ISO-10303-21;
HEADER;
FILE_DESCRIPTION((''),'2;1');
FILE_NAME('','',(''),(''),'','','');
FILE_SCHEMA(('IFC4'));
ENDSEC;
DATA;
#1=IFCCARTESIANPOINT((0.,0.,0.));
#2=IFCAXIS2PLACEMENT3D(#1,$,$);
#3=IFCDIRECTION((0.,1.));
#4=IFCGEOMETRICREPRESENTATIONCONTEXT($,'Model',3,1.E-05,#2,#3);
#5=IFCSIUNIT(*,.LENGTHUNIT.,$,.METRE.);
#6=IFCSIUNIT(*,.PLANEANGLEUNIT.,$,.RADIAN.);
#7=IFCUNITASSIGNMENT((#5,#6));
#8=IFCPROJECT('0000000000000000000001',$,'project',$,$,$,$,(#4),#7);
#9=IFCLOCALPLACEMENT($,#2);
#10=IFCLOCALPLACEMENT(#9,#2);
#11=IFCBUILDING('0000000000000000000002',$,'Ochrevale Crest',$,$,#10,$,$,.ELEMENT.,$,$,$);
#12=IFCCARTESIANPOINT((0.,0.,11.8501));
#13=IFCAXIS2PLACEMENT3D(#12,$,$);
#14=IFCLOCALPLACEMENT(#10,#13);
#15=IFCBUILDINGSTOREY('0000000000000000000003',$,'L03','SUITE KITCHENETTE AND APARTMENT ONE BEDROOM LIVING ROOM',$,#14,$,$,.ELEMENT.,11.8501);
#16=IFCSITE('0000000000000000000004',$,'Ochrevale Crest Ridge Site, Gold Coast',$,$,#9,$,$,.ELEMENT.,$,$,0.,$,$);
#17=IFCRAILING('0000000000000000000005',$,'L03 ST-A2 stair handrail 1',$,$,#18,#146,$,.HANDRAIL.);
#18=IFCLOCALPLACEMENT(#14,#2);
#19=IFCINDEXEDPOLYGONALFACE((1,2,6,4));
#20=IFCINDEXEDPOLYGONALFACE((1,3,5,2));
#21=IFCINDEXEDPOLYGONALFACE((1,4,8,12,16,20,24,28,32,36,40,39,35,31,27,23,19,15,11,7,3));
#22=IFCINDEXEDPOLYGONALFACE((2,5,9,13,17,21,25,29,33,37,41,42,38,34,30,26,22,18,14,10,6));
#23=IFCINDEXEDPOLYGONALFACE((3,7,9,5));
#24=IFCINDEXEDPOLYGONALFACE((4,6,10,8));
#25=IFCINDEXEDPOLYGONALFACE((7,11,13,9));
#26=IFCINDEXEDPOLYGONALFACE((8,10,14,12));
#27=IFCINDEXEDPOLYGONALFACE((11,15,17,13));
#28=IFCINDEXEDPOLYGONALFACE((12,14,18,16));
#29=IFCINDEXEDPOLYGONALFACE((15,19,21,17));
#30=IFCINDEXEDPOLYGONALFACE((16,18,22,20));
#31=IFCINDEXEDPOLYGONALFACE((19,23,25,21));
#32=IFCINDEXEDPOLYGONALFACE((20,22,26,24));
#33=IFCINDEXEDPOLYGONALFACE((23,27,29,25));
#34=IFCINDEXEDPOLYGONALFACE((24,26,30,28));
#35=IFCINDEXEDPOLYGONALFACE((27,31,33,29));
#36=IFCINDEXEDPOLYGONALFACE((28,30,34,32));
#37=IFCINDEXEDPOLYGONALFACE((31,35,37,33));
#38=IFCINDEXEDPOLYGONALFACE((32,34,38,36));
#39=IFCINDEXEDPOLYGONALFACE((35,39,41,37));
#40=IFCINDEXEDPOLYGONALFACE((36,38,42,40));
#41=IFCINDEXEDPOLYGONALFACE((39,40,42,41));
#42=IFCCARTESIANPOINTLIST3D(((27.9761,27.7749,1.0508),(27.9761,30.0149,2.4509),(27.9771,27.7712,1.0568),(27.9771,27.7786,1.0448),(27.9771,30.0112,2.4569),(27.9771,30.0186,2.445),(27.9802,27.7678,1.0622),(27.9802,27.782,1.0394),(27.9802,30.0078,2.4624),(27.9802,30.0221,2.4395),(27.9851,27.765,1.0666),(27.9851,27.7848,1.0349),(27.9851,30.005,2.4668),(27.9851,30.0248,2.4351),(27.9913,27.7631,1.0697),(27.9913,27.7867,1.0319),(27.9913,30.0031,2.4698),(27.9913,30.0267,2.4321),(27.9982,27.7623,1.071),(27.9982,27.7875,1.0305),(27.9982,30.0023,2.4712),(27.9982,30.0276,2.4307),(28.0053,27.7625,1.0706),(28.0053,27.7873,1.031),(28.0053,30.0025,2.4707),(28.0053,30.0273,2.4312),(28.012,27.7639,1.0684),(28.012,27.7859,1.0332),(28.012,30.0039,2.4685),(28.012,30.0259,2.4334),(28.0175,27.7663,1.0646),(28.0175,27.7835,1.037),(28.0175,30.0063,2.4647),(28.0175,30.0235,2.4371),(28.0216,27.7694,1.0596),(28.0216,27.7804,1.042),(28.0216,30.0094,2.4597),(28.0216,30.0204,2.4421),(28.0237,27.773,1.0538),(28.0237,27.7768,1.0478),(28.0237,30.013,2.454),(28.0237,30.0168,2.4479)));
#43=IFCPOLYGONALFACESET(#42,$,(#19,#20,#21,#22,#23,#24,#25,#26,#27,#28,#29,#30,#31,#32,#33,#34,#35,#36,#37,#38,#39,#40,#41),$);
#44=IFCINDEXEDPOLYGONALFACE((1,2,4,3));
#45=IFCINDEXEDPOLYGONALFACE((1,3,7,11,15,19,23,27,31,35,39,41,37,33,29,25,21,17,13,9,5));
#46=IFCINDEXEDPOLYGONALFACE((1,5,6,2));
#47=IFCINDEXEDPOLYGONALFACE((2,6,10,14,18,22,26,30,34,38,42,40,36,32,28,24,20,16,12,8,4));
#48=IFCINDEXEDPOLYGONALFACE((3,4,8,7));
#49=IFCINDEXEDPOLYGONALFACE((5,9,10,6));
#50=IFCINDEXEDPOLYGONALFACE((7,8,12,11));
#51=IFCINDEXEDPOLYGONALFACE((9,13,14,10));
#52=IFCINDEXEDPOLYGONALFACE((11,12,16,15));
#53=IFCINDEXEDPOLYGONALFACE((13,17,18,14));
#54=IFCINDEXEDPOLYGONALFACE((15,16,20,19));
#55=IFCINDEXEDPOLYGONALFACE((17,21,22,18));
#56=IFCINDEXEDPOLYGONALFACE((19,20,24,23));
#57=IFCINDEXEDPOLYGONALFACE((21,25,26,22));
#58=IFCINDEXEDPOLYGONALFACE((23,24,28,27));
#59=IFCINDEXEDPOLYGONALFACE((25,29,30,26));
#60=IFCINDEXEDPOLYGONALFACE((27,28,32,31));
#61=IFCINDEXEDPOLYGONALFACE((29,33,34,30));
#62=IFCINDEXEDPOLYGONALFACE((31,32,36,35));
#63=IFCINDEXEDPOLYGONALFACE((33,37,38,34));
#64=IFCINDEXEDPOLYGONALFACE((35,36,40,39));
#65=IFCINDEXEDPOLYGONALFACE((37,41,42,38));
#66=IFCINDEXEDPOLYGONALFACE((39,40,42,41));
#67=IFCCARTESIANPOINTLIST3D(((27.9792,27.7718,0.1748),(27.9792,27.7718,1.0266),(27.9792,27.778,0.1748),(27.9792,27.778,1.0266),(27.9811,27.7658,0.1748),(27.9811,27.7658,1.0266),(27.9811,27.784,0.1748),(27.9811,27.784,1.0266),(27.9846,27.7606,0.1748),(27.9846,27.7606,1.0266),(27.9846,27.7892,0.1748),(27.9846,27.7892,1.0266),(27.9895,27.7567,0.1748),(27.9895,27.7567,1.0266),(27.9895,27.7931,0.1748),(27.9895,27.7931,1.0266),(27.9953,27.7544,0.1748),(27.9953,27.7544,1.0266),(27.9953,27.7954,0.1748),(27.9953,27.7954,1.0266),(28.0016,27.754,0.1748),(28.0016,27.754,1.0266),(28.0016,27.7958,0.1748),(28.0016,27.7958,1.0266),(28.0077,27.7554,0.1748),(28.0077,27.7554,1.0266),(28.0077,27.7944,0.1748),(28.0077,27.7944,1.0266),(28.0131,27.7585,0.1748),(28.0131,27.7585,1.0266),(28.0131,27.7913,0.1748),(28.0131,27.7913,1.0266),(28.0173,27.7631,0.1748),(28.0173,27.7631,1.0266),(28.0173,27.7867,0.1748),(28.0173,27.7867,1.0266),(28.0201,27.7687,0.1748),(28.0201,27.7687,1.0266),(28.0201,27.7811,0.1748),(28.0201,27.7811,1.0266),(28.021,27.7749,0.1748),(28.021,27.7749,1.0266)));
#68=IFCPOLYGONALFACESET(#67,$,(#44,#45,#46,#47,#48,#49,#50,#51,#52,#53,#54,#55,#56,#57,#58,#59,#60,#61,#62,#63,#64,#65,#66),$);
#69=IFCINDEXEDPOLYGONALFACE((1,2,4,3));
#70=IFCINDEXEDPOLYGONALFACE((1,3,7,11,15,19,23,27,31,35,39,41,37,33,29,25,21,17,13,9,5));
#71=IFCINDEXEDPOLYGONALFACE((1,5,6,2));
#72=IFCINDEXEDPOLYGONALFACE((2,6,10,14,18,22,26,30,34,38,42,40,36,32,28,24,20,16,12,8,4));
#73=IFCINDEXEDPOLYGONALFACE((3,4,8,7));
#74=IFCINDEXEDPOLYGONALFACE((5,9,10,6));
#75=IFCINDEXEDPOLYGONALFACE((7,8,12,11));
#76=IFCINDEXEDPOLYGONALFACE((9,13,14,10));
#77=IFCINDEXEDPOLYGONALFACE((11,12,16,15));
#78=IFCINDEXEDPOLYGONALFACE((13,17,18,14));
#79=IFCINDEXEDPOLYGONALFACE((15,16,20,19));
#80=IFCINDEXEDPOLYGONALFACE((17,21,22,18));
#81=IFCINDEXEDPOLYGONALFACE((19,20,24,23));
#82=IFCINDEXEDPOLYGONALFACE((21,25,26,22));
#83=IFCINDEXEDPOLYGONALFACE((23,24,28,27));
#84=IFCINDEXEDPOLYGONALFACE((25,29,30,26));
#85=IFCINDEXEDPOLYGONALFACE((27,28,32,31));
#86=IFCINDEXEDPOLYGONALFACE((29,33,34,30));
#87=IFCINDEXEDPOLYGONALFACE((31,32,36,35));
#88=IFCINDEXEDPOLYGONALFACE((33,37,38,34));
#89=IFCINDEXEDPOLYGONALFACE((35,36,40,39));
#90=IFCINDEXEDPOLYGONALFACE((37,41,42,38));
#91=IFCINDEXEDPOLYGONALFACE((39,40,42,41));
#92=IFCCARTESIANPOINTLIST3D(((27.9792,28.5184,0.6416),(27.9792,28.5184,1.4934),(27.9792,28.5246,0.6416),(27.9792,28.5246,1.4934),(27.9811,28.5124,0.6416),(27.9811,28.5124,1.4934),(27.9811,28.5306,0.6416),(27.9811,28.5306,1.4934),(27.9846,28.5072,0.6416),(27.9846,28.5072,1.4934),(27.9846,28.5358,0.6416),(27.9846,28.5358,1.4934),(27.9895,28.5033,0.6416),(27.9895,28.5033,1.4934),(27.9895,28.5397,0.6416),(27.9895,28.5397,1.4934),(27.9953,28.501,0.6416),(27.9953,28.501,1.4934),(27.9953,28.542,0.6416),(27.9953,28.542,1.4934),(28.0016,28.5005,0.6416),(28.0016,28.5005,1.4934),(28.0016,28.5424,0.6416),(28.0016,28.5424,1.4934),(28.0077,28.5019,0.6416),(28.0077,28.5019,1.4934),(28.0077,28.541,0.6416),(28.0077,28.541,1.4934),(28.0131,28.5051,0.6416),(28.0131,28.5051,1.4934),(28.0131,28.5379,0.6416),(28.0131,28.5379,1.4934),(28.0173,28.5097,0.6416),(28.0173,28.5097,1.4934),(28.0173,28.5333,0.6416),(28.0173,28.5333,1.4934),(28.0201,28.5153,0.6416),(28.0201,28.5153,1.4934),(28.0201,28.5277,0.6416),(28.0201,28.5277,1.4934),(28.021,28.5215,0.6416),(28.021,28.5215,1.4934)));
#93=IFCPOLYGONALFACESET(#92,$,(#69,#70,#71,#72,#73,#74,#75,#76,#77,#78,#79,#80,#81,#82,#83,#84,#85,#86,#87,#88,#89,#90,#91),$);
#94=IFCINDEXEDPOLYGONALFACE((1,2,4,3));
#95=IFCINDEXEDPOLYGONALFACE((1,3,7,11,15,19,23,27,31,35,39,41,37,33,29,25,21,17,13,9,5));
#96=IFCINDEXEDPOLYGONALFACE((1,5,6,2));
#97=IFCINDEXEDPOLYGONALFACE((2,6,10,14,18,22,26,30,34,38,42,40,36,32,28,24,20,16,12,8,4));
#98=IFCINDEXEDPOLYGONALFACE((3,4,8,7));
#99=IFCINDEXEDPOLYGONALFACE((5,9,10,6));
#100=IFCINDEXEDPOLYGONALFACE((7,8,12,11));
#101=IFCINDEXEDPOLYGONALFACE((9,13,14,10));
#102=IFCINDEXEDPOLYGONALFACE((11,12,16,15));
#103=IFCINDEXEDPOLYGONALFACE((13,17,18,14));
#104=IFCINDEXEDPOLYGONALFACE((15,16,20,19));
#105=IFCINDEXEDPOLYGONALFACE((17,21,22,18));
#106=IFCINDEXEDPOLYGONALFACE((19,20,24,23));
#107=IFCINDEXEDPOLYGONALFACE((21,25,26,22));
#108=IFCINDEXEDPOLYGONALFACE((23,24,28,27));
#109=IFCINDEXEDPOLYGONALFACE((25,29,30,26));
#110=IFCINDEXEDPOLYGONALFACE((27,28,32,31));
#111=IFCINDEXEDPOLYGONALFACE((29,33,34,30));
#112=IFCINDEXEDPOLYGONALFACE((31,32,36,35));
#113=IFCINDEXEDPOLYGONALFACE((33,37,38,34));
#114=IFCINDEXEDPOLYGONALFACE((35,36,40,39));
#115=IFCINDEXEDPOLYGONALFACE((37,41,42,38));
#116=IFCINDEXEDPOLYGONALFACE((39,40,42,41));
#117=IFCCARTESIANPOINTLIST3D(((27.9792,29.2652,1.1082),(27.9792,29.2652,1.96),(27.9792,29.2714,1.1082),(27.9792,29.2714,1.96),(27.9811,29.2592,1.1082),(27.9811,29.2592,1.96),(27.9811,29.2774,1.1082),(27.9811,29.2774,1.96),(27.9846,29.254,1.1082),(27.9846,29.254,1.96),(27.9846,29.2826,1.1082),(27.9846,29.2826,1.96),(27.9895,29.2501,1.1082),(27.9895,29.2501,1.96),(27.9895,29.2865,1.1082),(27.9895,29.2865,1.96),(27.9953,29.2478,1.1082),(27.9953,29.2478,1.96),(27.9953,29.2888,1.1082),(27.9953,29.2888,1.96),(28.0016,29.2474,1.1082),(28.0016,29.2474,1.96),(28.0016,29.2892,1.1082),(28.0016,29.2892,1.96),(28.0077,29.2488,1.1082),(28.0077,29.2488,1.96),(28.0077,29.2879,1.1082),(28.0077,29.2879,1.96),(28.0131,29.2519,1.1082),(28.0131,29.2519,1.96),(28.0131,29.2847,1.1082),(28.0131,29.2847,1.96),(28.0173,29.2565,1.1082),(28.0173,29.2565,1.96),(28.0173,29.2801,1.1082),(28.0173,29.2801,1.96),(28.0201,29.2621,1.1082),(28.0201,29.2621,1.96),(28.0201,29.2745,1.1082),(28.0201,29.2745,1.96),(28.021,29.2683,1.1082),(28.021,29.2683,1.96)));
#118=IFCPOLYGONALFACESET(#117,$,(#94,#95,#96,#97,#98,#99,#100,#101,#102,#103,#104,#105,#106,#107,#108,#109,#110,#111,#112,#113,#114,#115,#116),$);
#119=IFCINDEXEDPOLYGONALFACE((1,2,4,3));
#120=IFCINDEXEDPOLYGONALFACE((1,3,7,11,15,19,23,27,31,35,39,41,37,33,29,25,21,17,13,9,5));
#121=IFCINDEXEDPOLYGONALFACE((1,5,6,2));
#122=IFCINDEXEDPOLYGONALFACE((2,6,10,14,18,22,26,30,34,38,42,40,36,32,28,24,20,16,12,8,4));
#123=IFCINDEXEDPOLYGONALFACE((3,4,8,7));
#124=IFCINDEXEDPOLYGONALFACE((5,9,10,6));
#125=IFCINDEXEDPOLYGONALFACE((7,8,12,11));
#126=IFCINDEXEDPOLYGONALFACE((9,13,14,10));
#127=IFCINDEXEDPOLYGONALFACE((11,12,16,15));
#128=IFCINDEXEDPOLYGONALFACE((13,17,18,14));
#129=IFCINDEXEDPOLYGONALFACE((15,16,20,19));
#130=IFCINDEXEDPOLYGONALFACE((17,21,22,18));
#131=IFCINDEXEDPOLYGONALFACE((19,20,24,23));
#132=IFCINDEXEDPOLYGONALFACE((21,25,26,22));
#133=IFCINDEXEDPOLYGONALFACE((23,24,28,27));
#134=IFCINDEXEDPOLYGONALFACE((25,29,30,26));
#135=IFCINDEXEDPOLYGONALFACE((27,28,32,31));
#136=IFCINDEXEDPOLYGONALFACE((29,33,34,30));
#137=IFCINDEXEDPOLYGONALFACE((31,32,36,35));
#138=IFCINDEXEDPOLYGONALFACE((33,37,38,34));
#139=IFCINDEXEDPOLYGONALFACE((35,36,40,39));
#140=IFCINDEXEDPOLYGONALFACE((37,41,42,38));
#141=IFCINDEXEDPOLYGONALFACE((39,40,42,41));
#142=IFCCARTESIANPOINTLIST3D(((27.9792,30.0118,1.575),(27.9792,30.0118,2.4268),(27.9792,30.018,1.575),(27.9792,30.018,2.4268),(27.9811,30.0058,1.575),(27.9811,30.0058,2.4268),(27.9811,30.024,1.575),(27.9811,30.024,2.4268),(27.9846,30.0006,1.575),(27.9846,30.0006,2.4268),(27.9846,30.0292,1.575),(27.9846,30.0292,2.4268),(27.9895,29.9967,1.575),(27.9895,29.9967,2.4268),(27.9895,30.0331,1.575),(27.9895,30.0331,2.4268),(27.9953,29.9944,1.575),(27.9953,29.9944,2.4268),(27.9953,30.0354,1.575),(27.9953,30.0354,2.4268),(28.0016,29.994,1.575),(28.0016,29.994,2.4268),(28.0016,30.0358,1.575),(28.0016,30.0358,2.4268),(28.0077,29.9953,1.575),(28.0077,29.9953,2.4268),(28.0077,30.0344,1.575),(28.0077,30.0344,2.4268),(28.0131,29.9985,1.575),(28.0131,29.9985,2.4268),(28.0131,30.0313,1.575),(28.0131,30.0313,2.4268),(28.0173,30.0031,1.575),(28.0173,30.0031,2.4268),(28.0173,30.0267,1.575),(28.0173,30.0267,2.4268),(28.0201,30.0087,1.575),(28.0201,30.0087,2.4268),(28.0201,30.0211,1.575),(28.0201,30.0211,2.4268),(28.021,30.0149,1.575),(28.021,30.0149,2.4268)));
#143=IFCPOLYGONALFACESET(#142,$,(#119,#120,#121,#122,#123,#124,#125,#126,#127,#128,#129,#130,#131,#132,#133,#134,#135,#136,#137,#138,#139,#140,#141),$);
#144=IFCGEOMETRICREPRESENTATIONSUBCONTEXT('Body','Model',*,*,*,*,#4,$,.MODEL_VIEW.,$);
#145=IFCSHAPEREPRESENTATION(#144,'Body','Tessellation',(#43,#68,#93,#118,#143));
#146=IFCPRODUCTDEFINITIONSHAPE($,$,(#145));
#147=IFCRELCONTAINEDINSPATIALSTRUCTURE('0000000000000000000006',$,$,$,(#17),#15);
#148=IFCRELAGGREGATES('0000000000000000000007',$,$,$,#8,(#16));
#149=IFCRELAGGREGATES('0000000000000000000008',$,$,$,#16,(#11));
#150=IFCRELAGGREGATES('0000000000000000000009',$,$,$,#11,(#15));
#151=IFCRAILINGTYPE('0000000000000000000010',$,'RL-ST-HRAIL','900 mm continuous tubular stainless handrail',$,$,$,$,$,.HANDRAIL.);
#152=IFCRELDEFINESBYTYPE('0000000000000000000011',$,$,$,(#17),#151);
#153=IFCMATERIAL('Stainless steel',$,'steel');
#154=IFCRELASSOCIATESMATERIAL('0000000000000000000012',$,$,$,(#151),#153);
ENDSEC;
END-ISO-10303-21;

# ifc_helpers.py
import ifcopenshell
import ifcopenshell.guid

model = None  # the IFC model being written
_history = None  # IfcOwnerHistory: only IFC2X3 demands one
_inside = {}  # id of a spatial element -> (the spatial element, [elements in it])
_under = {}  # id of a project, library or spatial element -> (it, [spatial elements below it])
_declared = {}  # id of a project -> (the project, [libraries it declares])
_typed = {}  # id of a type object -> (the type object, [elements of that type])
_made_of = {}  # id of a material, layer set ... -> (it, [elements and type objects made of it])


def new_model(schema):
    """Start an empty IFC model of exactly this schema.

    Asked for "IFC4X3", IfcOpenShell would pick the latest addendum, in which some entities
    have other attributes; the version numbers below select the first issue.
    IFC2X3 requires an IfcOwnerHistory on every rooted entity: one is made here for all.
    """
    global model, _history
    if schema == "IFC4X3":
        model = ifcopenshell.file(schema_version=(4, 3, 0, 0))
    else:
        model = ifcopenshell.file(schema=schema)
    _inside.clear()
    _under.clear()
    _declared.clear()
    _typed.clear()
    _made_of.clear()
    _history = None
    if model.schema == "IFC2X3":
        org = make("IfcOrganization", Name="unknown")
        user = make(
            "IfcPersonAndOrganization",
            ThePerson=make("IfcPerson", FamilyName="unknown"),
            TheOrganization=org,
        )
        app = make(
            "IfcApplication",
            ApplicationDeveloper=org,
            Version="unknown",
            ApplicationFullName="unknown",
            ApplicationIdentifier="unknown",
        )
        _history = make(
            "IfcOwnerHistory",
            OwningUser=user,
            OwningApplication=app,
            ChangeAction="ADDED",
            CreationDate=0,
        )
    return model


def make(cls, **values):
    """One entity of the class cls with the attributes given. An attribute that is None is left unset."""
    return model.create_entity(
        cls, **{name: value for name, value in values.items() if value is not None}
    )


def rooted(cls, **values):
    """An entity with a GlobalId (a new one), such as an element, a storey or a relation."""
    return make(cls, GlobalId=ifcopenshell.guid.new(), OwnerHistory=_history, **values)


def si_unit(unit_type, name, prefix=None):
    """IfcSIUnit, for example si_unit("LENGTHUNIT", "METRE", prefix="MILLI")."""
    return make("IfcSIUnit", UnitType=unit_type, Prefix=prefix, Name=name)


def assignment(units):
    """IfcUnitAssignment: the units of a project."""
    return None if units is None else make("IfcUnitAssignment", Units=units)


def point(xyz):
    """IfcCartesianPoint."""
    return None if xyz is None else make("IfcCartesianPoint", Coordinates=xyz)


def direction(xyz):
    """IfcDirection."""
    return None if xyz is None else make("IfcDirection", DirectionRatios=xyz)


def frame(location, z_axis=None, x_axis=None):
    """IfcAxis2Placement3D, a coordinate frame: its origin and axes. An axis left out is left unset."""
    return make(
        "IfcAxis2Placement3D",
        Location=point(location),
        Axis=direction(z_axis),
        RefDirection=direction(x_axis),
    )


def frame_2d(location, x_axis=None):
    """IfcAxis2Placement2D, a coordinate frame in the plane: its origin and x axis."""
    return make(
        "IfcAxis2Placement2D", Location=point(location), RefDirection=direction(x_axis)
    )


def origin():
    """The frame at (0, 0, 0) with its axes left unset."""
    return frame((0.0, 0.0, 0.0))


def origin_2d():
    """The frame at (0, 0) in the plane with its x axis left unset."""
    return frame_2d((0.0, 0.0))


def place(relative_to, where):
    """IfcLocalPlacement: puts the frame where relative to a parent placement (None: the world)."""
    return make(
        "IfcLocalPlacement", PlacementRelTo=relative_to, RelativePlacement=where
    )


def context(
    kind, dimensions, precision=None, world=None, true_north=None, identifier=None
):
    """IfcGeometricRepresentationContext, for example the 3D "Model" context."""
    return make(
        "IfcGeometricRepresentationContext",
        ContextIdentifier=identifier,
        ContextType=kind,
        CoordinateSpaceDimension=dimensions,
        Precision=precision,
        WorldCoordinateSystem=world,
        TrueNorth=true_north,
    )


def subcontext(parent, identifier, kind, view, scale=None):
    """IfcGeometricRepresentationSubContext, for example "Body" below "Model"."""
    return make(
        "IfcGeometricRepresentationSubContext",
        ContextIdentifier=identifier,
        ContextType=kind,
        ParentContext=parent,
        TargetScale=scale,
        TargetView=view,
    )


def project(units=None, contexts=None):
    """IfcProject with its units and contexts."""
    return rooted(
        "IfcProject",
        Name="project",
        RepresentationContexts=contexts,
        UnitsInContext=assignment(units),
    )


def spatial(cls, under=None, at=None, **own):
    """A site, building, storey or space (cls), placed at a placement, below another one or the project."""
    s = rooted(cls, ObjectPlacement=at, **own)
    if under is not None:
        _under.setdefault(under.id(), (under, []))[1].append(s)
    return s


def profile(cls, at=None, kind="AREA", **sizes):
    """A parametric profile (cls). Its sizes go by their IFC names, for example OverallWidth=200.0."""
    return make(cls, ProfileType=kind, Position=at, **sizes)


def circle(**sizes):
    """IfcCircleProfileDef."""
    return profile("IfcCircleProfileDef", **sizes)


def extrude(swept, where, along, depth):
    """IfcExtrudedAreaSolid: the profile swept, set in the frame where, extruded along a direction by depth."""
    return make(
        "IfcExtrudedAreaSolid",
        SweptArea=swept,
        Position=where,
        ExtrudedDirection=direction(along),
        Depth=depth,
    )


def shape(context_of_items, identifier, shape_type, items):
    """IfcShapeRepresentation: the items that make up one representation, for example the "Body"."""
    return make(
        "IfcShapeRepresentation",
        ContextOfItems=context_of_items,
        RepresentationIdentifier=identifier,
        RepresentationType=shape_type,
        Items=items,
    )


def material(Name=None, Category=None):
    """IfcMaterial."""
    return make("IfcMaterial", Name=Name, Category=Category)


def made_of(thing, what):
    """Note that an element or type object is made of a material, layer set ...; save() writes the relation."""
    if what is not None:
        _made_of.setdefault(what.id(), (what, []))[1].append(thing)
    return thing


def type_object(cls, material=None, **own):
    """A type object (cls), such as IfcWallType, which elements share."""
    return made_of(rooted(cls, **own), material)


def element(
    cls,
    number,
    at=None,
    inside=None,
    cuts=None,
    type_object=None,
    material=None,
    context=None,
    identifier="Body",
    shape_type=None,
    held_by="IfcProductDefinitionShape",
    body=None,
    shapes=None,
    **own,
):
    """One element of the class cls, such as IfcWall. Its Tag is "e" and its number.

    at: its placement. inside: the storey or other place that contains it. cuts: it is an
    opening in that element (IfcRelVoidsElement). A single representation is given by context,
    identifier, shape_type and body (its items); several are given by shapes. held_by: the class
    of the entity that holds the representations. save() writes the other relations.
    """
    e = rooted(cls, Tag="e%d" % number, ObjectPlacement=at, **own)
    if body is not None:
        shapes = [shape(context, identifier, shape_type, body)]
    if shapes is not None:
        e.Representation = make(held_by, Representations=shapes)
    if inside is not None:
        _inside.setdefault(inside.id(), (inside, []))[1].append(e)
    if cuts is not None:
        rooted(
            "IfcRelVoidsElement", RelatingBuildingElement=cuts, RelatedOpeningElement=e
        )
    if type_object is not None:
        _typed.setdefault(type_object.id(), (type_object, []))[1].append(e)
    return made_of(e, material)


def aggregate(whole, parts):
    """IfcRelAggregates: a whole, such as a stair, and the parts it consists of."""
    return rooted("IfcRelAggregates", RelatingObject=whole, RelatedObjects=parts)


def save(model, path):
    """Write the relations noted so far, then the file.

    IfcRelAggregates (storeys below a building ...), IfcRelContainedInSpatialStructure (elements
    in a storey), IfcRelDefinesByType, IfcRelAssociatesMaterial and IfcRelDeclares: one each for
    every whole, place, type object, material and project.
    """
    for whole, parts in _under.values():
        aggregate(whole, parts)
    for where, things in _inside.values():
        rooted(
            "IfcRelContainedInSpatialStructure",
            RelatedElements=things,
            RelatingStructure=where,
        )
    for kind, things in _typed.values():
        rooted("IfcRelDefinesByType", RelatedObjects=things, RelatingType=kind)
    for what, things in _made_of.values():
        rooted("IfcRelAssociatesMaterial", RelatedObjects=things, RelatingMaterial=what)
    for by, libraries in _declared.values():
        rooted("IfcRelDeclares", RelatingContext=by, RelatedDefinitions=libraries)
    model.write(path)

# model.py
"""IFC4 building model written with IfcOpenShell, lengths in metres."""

from ifc_helpers import new_model, si_unit, direction, frame, origin, origin_2d, place, context, subcontext, project, spatial, circle, extrude, material, type_object, element, save


model = new_model("IFC4")

# Units and contexts
model_context = context("Model", 3, precision=1e-05, world=origin(), true_north=direction((0.0, 1.0)))
body_context = subcontext(model_context, "Body", "Model", "MODEL_VIEW")
ifc_project = project(units=[si_unit("LENGTHUNIT", "METRE"), si_unit("PLANEANGLEUNIT", "RADIAN")], contexts=[model_context])

# Site, building, storey
site_placement = place(None, origin())
site = spatial("IfcSite", under=ifc_project, at=site_placement, Name="Ochrevale Crest Ridge Site, Gold Coast", CompositionType="ELEMENT", RefElevation=0.0)
building_placement = place(site_placement, origin())
building = spatial("IfcBuilding", under=site, at=building_placement, Name="Ochrevale Crest", CompositionType="ELEMENT")
storey_placement = place(building_placement, frame((0.0, 0.0, 11.8501)))
storey = spatial("IfcBuildingStorey", under=building, at=storey_placement, Name="L03", Description="SUITE KITCHENETTE AND APARTMENT ONE BEDROOM LIVING ROOM", CompositionType="ELEMENT", Elevation=11.8501)

# Railing
ifc_material_1 = material(Name="Stainless steel", Category="steel")
railing_type_1 = type_object("IfcRailingType", Name="RL-ST-HRAIL", Description="900 mm continuous tubular stainless handrail", PredefinedType="HANDRAIL", material=ifc_material_1)
railing_1_placement = place(storey_placement, frame((28.0, 27.7749, 0.1748)))
element("IfcRailing", 1, at=railing_1_placement, inside=storey, type_object=railing_type_1, Name="L03 ST-A2 stair handrail 1", PredefinedType="HANDRAIL", context=body_context, shape_type="SweptSolid", body=[
    extrude(circle(Radius=0.0239, at=origin_2d()), frame((0.0, 0.0, 0.876), z_axis=(0.0, 0.847972, 0.53004), x_axis=(-1.0, 0.0, 0.0)), (0.0, 0.0, 1.0), 2.6416),
    extrude(circle(Radius=0.021, at=origin_2d()), origin(), (0.0, 0.0, 1.0), 0.8518),
    extrude(circle(Radius=0.021, at=origin_2d()), frame((0.0, 0.7466, 0.4668)), (0.0, 0.0, 1.0), 0.8518),
    extrude(circle(Radius=0.021, at=origin_2d()), frame((0.0, 1.4934, 0.9333)), (0.0, 0.0, 1.0), 0.8518),
    extrude(circle(Radius=0.021, at=origin_2d()), frame((0.0, 2.24, 1.4001)), (0.0, 0.0, 1.0), 0.8518),
])

save(model, "model.ifc")
